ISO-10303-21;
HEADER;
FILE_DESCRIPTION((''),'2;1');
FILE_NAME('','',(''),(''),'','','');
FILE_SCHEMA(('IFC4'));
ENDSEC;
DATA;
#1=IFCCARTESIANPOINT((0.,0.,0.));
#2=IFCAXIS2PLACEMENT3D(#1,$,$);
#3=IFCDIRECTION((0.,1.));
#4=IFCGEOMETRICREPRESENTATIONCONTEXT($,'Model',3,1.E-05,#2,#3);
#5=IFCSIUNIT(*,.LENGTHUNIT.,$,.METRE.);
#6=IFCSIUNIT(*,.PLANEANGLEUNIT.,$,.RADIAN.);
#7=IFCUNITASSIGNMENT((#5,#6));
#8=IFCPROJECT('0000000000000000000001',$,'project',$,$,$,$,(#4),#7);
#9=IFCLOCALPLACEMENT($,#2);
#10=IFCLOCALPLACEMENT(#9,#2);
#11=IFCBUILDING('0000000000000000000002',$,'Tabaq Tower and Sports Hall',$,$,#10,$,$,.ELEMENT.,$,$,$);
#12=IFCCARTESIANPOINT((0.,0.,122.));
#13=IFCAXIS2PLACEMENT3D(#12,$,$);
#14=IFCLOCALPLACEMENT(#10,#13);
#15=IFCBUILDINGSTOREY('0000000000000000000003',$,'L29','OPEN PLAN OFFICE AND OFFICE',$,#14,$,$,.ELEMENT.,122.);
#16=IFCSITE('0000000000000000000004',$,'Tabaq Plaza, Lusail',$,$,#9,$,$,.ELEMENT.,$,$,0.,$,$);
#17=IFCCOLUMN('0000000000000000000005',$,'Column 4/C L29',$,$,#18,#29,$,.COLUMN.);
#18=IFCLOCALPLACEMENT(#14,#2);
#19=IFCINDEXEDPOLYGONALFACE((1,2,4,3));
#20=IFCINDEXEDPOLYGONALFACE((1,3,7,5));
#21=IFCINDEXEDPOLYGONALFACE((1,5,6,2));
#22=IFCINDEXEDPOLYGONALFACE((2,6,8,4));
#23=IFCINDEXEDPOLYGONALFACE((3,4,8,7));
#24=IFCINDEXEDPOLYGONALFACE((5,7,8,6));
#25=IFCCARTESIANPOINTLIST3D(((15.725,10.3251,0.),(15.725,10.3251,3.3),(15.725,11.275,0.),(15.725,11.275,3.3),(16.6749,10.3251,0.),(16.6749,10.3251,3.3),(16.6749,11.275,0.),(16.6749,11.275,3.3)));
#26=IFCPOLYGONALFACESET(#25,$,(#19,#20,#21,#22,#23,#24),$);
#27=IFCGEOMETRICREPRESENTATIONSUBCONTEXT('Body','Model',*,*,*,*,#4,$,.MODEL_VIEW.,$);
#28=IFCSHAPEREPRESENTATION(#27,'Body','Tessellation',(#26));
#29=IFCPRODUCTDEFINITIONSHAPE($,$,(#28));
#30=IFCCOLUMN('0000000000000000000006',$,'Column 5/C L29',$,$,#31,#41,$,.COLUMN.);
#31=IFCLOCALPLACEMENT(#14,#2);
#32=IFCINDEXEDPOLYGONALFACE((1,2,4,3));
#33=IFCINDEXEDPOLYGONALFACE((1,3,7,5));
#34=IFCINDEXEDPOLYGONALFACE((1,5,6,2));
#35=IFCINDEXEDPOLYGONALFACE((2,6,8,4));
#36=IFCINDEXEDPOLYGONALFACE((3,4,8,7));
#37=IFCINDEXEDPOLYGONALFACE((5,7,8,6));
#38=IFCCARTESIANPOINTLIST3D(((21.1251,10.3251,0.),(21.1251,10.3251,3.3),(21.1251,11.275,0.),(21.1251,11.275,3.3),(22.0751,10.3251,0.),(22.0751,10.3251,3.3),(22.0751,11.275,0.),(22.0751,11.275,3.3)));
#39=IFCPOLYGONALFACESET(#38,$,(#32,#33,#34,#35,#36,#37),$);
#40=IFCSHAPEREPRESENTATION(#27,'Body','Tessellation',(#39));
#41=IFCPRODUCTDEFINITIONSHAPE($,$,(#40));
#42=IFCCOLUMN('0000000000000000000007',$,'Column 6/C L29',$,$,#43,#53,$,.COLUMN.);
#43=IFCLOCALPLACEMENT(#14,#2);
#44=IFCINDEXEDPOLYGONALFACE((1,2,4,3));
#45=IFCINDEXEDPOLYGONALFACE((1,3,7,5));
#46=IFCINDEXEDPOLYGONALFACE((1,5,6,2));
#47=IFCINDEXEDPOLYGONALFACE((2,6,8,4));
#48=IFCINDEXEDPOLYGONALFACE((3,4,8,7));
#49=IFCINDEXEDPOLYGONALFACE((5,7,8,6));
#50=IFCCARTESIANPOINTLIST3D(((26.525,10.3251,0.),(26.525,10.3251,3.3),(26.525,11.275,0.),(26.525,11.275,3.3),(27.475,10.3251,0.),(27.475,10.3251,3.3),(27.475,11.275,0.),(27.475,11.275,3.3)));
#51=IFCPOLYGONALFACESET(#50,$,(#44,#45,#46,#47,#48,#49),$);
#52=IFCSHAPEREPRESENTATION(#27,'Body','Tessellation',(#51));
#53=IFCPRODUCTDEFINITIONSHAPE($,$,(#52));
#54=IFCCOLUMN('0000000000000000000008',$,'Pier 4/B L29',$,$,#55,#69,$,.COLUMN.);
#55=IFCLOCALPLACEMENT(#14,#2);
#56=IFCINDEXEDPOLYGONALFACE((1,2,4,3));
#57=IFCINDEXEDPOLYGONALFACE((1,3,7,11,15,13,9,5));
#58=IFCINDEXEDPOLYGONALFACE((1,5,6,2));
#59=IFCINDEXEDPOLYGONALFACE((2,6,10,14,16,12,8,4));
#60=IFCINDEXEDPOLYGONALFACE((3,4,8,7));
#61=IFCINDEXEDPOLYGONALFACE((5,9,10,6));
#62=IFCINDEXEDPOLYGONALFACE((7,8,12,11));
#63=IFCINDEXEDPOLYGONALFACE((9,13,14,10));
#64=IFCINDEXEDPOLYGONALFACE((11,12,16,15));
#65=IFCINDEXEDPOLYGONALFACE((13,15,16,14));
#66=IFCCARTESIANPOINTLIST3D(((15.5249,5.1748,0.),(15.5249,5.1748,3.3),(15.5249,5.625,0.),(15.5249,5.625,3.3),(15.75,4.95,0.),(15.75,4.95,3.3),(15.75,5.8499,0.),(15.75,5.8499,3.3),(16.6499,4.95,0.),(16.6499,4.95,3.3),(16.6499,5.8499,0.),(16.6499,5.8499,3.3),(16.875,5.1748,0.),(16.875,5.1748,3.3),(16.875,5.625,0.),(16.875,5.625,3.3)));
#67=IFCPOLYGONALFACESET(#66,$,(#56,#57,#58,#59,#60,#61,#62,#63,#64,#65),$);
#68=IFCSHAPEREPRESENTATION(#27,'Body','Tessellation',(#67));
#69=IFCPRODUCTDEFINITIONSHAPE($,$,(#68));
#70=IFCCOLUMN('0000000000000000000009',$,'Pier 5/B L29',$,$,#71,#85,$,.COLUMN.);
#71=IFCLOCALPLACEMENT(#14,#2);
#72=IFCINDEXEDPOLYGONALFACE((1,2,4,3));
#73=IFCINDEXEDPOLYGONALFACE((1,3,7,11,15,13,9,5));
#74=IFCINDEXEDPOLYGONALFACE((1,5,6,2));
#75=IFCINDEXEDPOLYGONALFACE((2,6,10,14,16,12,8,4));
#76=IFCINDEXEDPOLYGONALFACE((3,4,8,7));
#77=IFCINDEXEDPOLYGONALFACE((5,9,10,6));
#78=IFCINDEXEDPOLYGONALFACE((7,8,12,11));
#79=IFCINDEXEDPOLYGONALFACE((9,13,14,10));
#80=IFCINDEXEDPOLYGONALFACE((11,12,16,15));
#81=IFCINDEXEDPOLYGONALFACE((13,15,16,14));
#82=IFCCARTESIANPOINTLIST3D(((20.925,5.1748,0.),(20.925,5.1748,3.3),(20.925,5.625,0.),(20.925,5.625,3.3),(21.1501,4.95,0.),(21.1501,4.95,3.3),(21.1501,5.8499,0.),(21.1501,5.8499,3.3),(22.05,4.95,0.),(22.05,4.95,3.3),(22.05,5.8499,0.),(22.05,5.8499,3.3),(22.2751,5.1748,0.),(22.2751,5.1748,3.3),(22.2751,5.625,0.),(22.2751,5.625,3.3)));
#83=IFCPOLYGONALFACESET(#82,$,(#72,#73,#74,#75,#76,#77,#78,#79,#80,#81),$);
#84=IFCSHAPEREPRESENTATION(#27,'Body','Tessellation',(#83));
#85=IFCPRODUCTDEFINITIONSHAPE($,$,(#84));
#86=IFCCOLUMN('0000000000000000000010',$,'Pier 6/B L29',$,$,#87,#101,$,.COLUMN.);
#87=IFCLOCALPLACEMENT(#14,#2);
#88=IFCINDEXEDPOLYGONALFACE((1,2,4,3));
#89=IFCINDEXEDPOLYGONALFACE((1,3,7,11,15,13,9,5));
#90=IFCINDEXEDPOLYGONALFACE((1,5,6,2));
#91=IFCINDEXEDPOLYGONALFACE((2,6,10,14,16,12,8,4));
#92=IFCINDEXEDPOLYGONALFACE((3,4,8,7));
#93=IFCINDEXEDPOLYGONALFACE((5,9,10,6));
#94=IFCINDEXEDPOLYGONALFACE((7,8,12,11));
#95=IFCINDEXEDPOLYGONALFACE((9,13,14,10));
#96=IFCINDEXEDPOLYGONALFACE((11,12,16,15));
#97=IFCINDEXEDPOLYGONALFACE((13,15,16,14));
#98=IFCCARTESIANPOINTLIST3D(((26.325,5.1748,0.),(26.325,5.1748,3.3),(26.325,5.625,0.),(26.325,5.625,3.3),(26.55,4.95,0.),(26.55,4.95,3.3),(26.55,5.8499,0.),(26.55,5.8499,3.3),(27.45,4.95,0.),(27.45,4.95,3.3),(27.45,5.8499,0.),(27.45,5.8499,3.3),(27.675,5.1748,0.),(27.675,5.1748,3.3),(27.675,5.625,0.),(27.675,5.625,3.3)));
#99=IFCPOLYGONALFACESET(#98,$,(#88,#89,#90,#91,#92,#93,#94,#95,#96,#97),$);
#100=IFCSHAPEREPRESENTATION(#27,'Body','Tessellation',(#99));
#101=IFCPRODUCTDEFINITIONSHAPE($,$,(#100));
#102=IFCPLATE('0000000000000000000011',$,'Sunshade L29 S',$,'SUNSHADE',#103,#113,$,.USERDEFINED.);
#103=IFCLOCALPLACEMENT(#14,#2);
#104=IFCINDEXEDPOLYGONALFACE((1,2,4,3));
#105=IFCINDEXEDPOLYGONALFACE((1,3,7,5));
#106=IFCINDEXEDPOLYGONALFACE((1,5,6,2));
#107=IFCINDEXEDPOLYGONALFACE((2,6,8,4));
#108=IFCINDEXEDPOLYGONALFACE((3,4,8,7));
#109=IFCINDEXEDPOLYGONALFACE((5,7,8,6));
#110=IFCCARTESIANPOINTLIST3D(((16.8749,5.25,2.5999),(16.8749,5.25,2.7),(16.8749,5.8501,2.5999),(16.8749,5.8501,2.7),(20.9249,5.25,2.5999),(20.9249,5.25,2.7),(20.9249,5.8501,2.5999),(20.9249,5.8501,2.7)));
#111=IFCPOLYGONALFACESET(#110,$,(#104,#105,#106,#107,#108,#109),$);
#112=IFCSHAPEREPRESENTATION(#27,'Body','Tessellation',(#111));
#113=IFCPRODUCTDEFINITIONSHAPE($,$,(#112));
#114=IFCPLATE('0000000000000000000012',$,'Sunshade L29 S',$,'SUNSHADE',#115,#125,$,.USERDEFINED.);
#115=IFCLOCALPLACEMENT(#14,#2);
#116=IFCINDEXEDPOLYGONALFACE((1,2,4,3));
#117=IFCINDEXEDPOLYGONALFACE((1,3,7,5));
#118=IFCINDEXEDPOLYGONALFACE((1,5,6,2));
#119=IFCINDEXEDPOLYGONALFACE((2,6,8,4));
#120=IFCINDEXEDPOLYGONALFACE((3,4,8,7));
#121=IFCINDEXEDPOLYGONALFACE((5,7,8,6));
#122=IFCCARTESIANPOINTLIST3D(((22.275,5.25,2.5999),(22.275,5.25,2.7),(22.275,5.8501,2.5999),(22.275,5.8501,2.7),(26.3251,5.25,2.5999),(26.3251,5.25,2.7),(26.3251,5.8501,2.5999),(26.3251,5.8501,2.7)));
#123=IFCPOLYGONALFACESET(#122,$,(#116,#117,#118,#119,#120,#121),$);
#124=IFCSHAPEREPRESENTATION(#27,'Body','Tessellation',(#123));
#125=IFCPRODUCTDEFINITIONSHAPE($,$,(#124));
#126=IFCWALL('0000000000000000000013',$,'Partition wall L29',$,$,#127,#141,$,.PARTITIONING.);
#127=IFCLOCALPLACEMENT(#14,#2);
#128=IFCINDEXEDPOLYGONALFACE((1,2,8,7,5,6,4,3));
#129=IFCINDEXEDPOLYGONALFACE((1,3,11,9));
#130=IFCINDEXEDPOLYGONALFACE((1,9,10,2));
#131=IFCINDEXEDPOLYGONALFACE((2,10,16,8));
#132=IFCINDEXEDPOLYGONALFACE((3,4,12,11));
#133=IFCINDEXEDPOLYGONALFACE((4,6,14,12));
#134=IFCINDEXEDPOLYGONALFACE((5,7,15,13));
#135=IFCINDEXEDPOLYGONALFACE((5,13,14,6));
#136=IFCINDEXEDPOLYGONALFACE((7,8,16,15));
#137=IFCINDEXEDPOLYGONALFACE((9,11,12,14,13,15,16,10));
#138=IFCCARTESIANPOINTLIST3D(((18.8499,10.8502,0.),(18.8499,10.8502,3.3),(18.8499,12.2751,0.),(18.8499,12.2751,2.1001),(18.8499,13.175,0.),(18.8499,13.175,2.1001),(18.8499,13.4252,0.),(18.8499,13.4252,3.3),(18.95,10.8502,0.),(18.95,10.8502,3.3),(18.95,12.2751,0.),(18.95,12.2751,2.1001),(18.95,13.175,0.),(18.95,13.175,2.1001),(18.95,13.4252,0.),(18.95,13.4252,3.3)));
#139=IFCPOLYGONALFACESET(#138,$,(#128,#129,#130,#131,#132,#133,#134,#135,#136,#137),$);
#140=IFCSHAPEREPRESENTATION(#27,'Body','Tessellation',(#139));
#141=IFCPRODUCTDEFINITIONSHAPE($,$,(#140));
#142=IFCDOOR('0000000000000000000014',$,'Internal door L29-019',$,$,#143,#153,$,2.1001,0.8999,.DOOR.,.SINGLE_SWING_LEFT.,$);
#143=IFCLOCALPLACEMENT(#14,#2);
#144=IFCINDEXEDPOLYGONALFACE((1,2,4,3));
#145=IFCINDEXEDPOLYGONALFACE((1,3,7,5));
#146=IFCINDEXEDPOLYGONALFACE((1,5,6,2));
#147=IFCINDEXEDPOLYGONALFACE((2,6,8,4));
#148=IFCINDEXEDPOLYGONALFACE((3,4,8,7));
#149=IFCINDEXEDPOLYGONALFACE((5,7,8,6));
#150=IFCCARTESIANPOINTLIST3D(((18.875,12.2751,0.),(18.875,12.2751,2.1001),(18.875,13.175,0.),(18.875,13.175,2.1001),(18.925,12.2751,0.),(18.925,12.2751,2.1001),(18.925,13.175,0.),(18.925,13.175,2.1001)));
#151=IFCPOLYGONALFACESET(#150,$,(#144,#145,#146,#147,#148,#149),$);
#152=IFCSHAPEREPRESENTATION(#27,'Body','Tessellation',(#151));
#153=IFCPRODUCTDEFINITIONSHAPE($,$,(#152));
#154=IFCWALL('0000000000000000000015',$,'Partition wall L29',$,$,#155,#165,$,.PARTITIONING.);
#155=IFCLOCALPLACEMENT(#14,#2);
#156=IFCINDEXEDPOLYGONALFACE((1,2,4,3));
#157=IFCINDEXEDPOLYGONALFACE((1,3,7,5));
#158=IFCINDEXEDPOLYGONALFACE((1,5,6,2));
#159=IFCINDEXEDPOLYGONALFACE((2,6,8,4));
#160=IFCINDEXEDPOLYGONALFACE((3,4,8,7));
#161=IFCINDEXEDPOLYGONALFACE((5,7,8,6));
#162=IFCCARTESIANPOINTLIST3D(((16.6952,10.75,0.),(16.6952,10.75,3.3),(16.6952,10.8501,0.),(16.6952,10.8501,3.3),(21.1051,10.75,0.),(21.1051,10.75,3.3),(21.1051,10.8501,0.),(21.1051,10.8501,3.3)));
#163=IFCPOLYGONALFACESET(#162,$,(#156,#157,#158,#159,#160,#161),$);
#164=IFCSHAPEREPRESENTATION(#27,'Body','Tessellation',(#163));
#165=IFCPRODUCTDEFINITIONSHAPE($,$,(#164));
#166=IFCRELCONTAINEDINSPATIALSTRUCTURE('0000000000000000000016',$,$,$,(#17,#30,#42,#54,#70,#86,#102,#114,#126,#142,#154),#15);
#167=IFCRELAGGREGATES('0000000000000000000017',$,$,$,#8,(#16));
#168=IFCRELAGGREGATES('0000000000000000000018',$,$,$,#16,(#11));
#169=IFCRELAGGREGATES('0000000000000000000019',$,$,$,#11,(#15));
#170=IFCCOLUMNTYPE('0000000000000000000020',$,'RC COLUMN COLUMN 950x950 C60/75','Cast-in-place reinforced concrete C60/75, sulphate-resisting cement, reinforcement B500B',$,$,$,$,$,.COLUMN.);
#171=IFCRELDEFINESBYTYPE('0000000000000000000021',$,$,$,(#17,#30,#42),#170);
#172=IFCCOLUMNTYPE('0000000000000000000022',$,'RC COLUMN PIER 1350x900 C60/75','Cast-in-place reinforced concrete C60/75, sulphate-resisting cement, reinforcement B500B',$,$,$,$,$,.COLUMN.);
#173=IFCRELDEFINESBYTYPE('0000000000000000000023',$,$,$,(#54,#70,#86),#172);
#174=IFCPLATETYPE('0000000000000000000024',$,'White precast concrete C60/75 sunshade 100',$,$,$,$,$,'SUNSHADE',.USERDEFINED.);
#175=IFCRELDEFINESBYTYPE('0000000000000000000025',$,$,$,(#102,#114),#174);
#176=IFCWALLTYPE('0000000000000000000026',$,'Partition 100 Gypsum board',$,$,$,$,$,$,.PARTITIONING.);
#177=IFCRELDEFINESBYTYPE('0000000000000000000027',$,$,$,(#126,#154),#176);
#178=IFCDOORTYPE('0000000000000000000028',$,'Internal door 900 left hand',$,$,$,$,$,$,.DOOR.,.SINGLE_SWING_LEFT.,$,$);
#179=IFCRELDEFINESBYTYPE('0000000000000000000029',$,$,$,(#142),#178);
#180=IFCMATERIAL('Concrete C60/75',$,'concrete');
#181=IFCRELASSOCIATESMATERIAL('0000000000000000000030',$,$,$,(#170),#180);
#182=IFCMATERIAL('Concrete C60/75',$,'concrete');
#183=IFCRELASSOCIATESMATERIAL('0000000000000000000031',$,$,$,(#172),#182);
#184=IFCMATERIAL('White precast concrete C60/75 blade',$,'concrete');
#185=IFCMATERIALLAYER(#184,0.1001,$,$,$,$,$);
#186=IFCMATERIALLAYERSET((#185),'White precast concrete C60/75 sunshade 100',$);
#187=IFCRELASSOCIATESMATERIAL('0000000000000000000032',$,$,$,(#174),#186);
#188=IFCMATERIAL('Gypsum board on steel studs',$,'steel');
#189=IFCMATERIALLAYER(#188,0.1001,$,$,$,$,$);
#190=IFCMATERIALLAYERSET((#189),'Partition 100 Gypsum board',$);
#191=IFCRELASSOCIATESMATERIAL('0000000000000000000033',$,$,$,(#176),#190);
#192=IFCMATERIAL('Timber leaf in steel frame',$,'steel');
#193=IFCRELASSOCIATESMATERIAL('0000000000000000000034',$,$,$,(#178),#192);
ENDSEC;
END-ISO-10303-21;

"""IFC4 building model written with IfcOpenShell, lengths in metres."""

from ifc_helpers import new_model, si_unit, direction, frame, frame_2d, origin, origin_2d, place, context, subcontext, project, spatial, polyline, rectangle, outline, extrude, material, layer, layer_set, material_profile, profile_set, type_object, element, fill, save


model = new_model("IFC4")

# Units and contexts
model_context = context("Model", 3, precision=1e-05, world=origin(), true_north=direction((0.0, 1.0)))
body_context = subcontext(model_context, "Body", "Model", "MODEL_VIEW")
ifc_project = project(units=[si_unit("LENGTHUNIT", "METRE"), si_unit("PLANEANGLEUNIT", "RADIAN")], contexts=[model_context])

# Site, building, storey
site_placement = place(None, origin())
site = spatial("IfcSite", under=ifc_project, at=site_placement, Name="Tabaq Plaza, Lusail", CompositionType="ELEMENT", RefElevation=0.0)
building_placement = place(site_placement, origin())
building = spatial("IfcBuilding", under=site, at=building_placement, Name="Tabaq Tower and Sports Hall", CompositionType="ELEMENT")
storey_placement = place(building_placement, frame((0.0, 0.0, 122.0)))
storey = spatial("IfcBuildingStorey", under=building, at=storey_placement, Name="L29", Description="OPEN PLAN OFFICE AND OFFICE", CompositionType="ELEMENT", Elevation=122.0)

# Columns
ifc_material_1 = material(Name="Concrete C60/75", Category="concrete")
ifc_material_profile_1 = material_profile(ifc_material_1, rectangle(XDim=0.95, YDim=0.95, at=origin_2d()), Name="COLUMN 950x950")
ifc_profile_set_1 = profile_set([ifc_material_profile_1], Name="Concrete C60/75")
column_type_1 = type_object("IfcColumnType", Name="RC COLUMN COLUMN 950x950 C60/75", Description="Cast-in-place reinforced concrete C60/75, sulphate-resisting cement, reinforcement B500B", PredefinedType="COLUMN", material=ifc_profile_set_1)
for number, where, z_axis, x_axis, name in (
    (1, (16.2, 10.8, 0.0), (0.0, 0.0, 1.0), (1.0, 0.0, 0.0), "Column 4/C L29"),
    (2, (21.6001, 10.8, 0.0), (0.0, 0.0, 1.0), (1.0, 0.0, 0.0), "Column 5/C L29"),
    (3, (27.0, 10.8, 0.0), (0.0, 0.0, 1.0), (1.0, 0.0, 0.0), "Column 6/C L29"),
):
    element("IfcColumn", number, at=place(storey_placement, frame(where, z_axis=z_axis, x_axis=x_axis)), inside=storey, type_object=column_type_1, Name=name, PredefinedType="COLUMN", context=body_context, shape_type="SweptSolid", body=[
        extrude(rectangle(XDim=0.95, YDim=0.95, at=origin_2d()), origin(), (0.0, 0.0, 1.0), 3.3),
    ])
ifc_material_2 = material(Name="Concrete C60/75", Category="concrete")
ifc_material_profile_2 = material_profile(ifc_material_2, outline(polyline([(-0.45, -0.45), (0.45, -0.45), (0.675, -0.2251), (0.675, 0.2251), (0.45, 0.45), (-0.45, 0.45), (-0.675, 0.2251), (-0.675, -0.2251), (-0.45, -0.45)])), Name="PIER 1350x900")
ifc_profile_set_2 = profile_set([ifc_material_profile_2], Name="Concrete C60/75")
column_type_2 = type_object("IfcColumnType", Name="RC COLUMN PIER 1350x900 C60/75", Description="Cast-in-place reinforced concrete C60/75, sulphate-resisting cement, reinforcement B500B", PredefinedType="COLUMN", material=ifc_profile_set_2)
for number, where, z_axis, x_axis, name in (
    (4, (16.2, 5.3999, 0.0), (0.0, 0.0, 1.0), (1.0, 0.0, 0.0), "Pier 4/B L29"),
    (5, (21.6001, 5.3999, 0.0), (0.0, 0.0, 1.0), (1.0, 0.0, 0.0), "Pier 5/B L29"),
    (6, (27.0, 5.3999, 0.0), (0.0, 0.0, 1.0), (1.0, 0.0, 0.0), "Pier 6/B L29"),
):
    element("IfcColumn", number, at=place(storey_placement, frame(where, z_axis=z_axis, x_axis=x_axis)), inside=storey, type_object=column_type_2, Name=name, PredefinedType="COLUMN", context=body_context, shape_type="SweptSolid", body=[
        extrude(outline(polyline([(-0.45, -0.45), (0.45, -0.45), (0.675, -0.2251), (0.675, 0.2251), (0.45, 0.45), (-0.45, 0.45), (-0.675, 0.2251), (-0.675, -0.2251), (-0.45, -0.45)])), origin(), (0.0, 0.0, 1.0), 3.3),
    ])

# Plates
ifc_material_3 = material(Name="White precast concrete C60/75 blade", Category="concrete")
ifc_layer_1 = layer(ifc_material_3, 0.1001)
ifc_layer_set_1 = layer_set([ifc_layer_1], Name="White precast concrete C60/75 sunshade 100")
plate_type = type_object("IfcPlateType", Name="White precast concrete C60/75 sunshade 100", ElementType="SUNSHADE", PredefinedType="USERDEFINED", material=ifc_layer_set_1)
for number, where, z_axis, x_axis, name in (
    (7, (18.8999, 5.55, 2.5999), (0.0, 0.0, 1.0), (1.0, 0.0, 0.0), "Sunshade L29 S"),
    (8, (24.3, 5.55, 2.5999), (0.0, 0.0, 1.0), (1.0, 0.0, 0.0), "Sunshade L29 S"),
):
    element("IfcPlate", number, at=place(storey_placement, frame(where, z_axis=z_axis, x_axis=x_axis)), inside=storey, type_object=plate_type, Name=name, ObjectType="SUNSHADE", PredefinedType="USERDEFINED", context=body_context, shape_type="SweptSolid", body=[
        extrude(rectangle(XDim=4.05, YDim=0.6001, at=origin_2d()), origin(), (0.0, 0.0, 1.0), 0.1001),
    ])

# Wall, opening, door
ifc_material_4 = material(Name="Gypsum board on steel studs", Category="steel")
ifc_layer_2 = layer(ifc_material_4, 0.1001)
ifc_layer_set_2 = layer_set([ifc_layer_2], Name="Partition 100 Gypsum board")
wall_type_1 = type_object("IfcWallType", Name="Partition 100 Gypsum board", PredefinedType="PARTITIONING", material=ifc_layer_set_2)
wall_1_placement = place(storey_placement, frame((18.8999, 10.8501, 0.0), z_axis=(0.0, 0.0, 1.0), x_axis=(0.0, 1.0, 0.0)))
wall_1 = element("IfcWall", 9, at=wall_1_placement, inside=storey, type_object=wall_type_1, Name="Partition wall L29", PredefinedType="PARTITIONING", context=body_context, shape_type="SweptSolid", body=[
    extrude(rectangle(XDim=2.575, YDim=0.1001, at=frame_2d((1.2876, 0.0))), origin(), (0.0, 0.0, 1.0), 3.3),
])
opening_1_placement = place(wall_1_placement, frame((1.425, 0.0, 0.0)))
opening_1 = element("IfcOpeningElement", 10, at=opening_1_placement, cuts=wall_1, PredefinedType="OPENING", context=body_context, shape_type="SweptSolid", body=[
    extrude(rectangle(XDim=0.8999, YDim=2.1001, at=frame_2d((0.45, 1.05))), frame((0.0, 0.05, 0.0), z_axis=(0.0, -1.0, 0.0), x_axis=(1.0, 0.0, 0.0)), (0.0, 0.0, 1.0), 0.1001),
])
ifc_material_5 = material(Name="Timber leaf in steel frame", Category="steel")
door_type_1 = type_object("IfcDoorType", Name="Internal door 900 left hand", OperationType="SINGLE_SWING_LEFT", PredefinedType="DOOR", material=ifc_material_5)
door_1_placement = place(opening_1_placement, origin())
door_1 = element("IfcDoor", 11, at=door_1_placement, inside=storey, type_object=door_type_1, Name="Internal door L29-019", OperationType="SINGLE_SWING_LEFT", OverallHeight=2.1001, OverallWidth=0.8999, PredefinedType="DOOR", context=body_context, shape_type="SweptSolid", body=[
    extrude(rectangle(XDim=0.8999, YDim=2.1001, at=frame_2d((0.45, 1.05))), frame((0.0, 0.0249, 0.0), z_axis=(0.0, -1.0, 0.0), x_axis=(1.0, 0.0, 0.0)), (0.0, 0.0, 1.0), 0.05),
])
fill(opening_1, door_1)

# Wall
wall_2_placement = place(storey_placement, frame((16.6951, 10.8, 0.0), z_axis=(0.0, 0.0, 1.0), x_axis=(1.0, 0.0, 0.0)))
element("IfcWall", 12, at=wall_2_placement, inside=storey, type_object=wall_type_1, Name="Partition wall L29", PredefinedType="PARTITIONING", context=body_context, shape_type="SweptSolid", body=[
    extrude(rectangle(XDim=4.4099, YDim=0.1001, at=frame_2d((2.2051, 0.0))), origin(), (0.0, 0.0, 1.0), 3.3),
])

save(model, "model.ifc")
